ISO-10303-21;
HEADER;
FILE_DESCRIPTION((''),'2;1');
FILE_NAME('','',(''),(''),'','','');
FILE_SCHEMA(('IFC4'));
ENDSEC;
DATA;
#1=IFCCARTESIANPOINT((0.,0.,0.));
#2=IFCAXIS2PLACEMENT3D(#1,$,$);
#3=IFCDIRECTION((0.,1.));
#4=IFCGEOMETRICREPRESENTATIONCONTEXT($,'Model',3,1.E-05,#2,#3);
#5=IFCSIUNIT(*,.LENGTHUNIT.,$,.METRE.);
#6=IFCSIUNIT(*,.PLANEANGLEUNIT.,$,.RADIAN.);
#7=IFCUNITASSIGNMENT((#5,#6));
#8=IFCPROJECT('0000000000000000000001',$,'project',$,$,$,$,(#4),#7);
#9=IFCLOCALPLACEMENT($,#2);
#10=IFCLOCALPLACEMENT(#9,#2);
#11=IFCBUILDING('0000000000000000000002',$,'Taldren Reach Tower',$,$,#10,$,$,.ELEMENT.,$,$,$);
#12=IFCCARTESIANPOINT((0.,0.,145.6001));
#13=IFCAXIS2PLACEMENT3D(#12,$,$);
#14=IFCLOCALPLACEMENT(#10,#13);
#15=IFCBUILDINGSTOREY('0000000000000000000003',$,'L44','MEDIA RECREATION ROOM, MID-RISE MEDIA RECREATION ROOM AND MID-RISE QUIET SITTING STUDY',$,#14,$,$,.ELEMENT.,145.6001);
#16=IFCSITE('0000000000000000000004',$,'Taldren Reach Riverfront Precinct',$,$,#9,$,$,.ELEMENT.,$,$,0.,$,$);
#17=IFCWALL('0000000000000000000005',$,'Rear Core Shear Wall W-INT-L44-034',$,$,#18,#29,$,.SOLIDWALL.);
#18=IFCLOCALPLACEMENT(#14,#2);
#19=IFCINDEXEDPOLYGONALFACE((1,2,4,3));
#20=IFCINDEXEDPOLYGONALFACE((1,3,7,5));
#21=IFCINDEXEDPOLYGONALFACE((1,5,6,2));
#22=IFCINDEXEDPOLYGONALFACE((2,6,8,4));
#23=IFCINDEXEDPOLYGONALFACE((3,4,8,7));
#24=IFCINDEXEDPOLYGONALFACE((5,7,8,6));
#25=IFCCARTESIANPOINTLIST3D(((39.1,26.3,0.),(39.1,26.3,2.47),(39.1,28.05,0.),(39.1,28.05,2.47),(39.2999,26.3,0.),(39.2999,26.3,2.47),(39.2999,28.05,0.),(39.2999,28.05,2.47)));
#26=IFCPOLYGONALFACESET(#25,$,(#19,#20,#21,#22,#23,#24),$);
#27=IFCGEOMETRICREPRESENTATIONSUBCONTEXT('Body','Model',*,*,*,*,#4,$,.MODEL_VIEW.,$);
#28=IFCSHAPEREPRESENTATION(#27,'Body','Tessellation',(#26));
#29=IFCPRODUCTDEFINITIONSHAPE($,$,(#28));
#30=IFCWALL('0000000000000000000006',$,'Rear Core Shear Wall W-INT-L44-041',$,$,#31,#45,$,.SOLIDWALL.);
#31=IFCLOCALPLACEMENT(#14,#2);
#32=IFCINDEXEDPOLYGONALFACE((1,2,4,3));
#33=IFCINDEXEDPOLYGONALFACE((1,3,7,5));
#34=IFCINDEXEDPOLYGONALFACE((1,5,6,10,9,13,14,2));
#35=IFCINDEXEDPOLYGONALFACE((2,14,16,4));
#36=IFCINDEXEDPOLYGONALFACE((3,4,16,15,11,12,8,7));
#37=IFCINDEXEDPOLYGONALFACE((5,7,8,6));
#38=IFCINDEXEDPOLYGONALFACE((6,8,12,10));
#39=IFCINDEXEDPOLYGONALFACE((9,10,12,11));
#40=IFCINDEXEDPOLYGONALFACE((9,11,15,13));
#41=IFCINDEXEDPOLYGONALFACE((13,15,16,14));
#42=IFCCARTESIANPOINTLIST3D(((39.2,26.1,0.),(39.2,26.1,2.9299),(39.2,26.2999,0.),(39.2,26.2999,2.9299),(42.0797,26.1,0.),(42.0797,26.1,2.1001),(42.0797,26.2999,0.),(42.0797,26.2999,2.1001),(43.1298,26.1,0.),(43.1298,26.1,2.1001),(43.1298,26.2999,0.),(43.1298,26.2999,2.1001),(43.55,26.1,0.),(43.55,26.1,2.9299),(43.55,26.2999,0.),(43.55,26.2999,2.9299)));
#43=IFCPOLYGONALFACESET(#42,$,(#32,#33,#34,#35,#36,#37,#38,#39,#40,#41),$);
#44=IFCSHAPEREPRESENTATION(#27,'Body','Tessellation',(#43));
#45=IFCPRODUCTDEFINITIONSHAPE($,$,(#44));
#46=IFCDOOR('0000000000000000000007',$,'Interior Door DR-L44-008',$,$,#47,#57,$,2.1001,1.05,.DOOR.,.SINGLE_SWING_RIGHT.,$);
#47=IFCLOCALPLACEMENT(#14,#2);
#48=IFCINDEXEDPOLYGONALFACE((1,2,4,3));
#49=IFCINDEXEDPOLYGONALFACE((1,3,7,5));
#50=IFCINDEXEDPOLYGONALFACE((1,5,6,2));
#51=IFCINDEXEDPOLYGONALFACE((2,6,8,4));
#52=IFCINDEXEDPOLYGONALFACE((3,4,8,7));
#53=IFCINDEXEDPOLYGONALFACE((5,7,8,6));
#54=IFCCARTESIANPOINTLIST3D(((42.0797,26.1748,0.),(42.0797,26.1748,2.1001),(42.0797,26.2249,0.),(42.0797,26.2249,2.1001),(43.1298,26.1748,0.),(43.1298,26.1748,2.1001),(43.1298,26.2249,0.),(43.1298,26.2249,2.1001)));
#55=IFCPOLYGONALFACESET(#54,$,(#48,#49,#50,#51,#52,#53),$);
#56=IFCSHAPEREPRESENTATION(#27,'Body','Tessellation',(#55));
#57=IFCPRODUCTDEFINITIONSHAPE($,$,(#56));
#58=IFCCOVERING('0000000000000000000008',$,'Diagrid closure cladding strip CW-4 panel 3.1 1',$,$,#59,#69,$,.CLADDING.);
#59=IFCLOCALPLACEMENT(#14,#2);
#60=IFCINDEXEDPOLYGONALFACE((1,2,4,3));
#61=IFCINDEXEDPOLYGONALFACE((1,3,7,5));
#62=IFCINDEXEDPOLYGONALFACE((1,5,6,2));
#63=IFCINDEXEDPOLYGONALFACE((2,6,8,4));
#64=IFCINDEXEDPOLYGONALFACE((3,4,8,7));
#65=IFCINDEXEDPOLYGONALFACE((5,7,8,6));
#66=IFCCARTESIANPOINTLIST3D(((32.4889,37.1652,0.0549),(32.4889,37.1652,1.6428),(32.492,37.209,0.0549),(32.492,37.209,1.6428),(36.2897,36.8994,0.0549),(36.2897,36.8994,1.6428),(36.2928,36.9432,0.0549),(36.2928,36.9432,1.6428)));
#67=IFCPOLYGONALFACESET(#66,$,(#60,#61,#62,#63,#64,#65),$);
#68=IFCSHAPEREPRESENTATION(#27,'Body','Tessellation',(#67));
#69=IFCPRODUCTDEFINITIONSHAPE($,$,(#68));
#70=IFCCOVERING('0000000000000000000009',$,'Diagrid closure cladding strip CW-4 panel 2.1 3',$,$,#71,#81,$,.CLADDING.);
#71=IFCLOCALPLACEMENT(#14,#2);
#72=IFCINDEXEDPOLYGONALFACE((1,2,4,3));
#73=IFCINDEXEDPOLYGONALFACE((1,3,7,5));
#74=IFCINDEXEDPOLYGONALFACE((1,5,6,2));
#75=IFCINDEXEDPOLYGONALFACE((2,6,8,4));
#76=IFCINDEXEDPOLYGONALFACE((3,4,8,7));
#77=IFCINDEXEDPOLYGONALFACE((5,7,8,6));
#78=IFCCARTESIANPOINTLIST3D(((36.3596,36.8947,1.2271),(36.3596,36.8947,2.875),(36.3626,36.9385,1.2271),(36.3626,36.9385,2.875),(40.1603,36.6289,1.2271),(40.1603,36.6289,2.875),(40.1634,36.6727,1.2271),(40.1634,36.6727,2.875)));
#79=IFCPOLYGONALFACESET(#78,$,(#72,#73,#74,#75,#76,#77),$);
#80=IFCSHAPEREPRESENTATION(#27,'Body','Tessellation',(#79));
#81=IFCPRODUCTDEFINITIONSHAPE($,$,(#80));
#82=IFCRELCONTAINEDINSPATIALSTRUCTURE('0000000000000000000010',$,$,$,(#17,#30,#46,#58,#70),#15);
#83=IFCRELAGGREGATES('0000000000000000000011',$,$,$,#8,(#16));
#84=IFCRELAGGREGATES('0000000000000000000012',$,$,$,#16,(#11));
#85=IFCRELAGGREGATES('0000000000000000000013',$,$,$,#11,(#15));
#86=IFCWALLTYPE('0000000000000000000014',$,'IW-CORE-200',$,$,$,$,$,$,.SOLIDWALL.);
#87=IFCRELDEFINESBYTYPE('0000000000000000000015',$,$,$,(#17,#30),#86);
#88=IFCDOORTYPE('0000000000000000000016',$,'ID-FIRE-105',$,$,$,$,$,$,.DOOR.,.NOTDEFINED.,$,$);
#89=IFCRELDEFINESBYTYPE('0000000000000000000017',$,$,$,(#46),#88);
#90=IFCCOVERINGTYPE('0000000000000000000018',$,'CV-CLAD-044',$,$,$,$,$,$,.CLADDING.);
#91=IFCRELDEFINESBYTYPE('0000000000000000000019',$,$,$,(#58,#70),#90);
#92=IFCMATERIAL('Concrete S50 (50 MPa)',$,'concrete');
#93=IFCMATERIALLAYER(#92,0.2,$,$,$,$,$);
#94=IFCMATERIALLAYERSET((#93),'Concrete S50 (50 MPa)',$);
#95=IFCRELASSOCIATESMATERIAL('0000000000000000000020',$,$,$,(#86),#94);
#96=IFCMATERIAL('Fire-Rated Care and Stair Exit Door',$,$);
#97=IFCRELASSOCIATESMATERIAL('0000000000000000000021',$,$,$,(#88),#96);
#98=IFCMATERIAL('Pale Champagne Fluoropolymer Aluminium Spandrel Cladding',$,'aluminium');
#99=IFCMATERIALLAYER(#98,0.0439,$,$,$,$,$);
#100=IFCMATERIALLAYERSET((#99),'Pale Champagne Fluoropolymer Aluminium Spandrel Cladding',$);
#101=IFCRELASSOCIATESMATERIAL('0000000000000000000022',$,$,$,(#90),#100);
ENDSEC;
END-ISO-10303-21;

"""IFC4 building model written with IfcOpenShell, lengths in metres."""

from ifc_helpers import new_model, si_unit, direction, frame, frame_2d, origin, origin_2d, place, context, subcontext, project, spatial, rectangle, extrude, source, transform, mapped, material, layer, layer_set, type_object, element, fill, save


model = new_model("IFC4")

# Units and contexts
model_context = context("Model", 3, precision=1e-05, world=origin(), true_north=direction((0.0, 1.0)))
body_context = subcontext(model_context, "Body", "Model", "MODEL_VIEW")
ifc_project = project(units=[si_unit("LENGTHUNIT", "METRE"), si_unit("PLANEANGLEUNIT", "RADIAN")], contexts=[model_context])

# Site, building, storey
site_placement = place(None, origin())
site = spatial("IfcSite", under=ifc_project, at=site_placement, Name="Taldren Reach Riverfront Precinct", CompositionType="ELEMENT", RefElevation=0.0)
building_placement = place(site_placement, origin())
building = spatial("IfcBuilding", under=site, at=building_placement, Name="Taldren Reach Tower", CompositionType="ELEMENT")
storey_placement = place(building_placement, frame((0.0, 0.0, 145.6001)))
storey = spatial("IfcBuildingStorey", under=building, at=storey_placement, Name="L44", Description="MEDIA RECREATION ROOM, MID-RISE MEDIA RECREATION ROOM AND MID-RISE QUIET SITTING STUDY", CompositionType="ELEMENT", Elevation=145.6001)

# Shared definitions
ifc_material_1 = material(Name="Concrete S50 (50 MPa)", Category="concrete")
ifc_layer_1 = layer(ifc_material_1, 0.2)
ifc_layer_set_1 = layer_set([ifc_layer_1], Name="Concrete S50 (50 MPa)")
wall_type_1 = type_object("IfcWallType", Name="IW-CORE-200", PredefinedType="SOLIDWALL", material=ifc_layer_set_1)

# Wall
shared_shape_1 = source(origin(), body_context, "Body", "SweptSolid", [
    extrude(rectangle(XDim=1.75, YDim=0.2, at=frame_2d((0.875, 0.0))), origin(), (0.0, 0.0, 1.0), 2.47),
])
wall_1_placement = place(storey_placement, frame((39.2, 28.05, 0.0), z_axis=(0.0, 0.0, 1.0), x_axis=(0.0, -1.0, 0.0)))
element("IfcWall", 1, at=wall_1_placement, inside=storey, type_object=wall_type_1, Name="Rear Core Shear Wall W-INT-L44-034", PredefinedType="SOLIDWALL", context=body_context, shape_type="MappedRepresentation", body=[
    mapped(shared_shape_1, transform((0.0, 0.0, 0.0), scale=1.0)),
])

# Wall, opening, door
shared_shape_2 = source(origin(), body_context, "Body", "SweptSolid", [
    extrude(rectangle(XDim=4.3501, YDim=0.2, at=frame_2d((2.175, 0.0))), origin(), (0.0, 0.0, 1.0), 2.9299),
])
wall_2_placement = place(storey_placement, frame((39.2, 26.2, 0.0), z_axis=(0.0, 0.0, 1.0), x_axis=(1.0, 0.0, 0.0)))
wall_2 = element("IfcWall", 2, at=wall_2_placement, inside=storey, type_object=wall_type_1, Name="Rear Core Shear Wall W-INT-L44-041", PredefinedType="SOLIDWALL", context=body_context, shape_type="MappedRepresentation", body=[
    mapped(shared_shape_2, transform((0.0, 0.0, 0.0), scale=1.0)),
])
shared_shape_3 = source(origin(), body_context, "Body", "SweptSolid", [
    extrude(rectangle(XDim=1.05, YDim=2.1001, at=frame_2d((0.5249, 1.05))), frame((0.0, 0.1099, 0.0), z_axis=(0.0, -1.0, 0.0), x_axis=(1.0, 0.0, 0.0)), (0.0, 0.0, 1.0), 0.22),
])
opening_1_placement = place(wall_2_placement, frame((2.8799, 0.0, 0.0)))
opening_1 = element("IfcOpeningElement", 3, at=opening_1_placement, cuts=wall_2, PredefinedType="OPENING", context=body_context, shape_type="MappedRepresentation", body=[
    mapped(shared_shape_3, transform((0.0, 0.0, 0.0), scale=1.0)),
])
ifc_material_2 = material(Name="Fire-Rated Care and Stair Exit Door")
door_type_1 = type_object("IfcDoorType", Name="ID-FIRE-105", OperationType="NOTDEFINED", PredefinedType="DOOR", material=ifc_material_2)
shared_shape_4 = source(origin(), body_context, "Body", "SweptSolid", [
    extrude(rectangle(XDim=1.05, YDim=2.1001, at=frame_2d((0.5249, 1.05))), frame((0.0, 0.0249, 0.0), z_axis=(0.0, -1.0, 0.0), x_axis=(1.0, 0.0, 0.0)), (0.0, 0.0, 1.0), 0.05),
])
door_1_placement = place(opening_1_placement, origin())
door_1 = element("IfcDoor", 4, at=door_1_placement, inside=storey, type_object=door_type_1, Name="Interior Door DR-L44-008", OperationType="SINGLE_SWING_RIGHT", OverallHeight=2.1001, OverallWidth=1.05, PredefinedType="DOOR", context=body_context, shape_type="MappedRepresentation", body=[
    mapped(shared_shape_4, transform((0.0, 0.0, 0.0), scale=1.0)),
])
fill(opening_1, door_1)

# Coverings
ifc_material_3 = material(Name="Pale Champagne Fluoropolymer Aluminium Spandrel Cladding", Category="aluminium")
ifc_layer_2 = layer(ifc_material_3, 0.0439)
ifc_layer_set_2 = layer_set([ifc_layer_2], Name="Pale Champagne Fluoropolymer Aluminium Spandrel Cladding")
covering_type = type_object("IfcCoveringType", Name="CV-CLAD-044", PredefinedType="CLADDING", material=ifc_layer_set_2)
shared_shape_5 = source(origin(), body_context, "Body", "SweptSolid", [
    extrude(rectangle(XDim=3.8101, YDim=0.0439, at=origin_2d()), origin(), (0.0, 0.0, 1.0), 1.5879),
])
covering_1_placement = place(storey_placement, frame((34.3909, 37.0542, 0.0549), z_axis=(0.0, 0.0, 1.0), x_axis=(-0.997564, 0.069757, 0.0)))
element("IfcCovering", 5, at=covering_1_placement, inside=storey, type_object=covering_type, Name="Diagrid closure cladding strip CW-4 panel 3.1 1", PredefinedType="CLADDING", context=body_context, shape_type="MappedRepresentation", body=[
    mapped(shared_shape_5, transform((0.0, 0.0, 0.0), scale=1.0)),
])
shared_shape_6 = source(origin(), body_context, "Body", "SweptSolid", [
    extrude(rectangle(XDim=3.8101, YDim=0.0439, at=origin_2d()), origin(), (0.0, 0.0, 1.0), 1.6479),
])
covering_2_placement = place(storey_placement, frame((38.2615, 36.7837, 1.2271), z_axis=(0.0, 0.0, 1.0), x_axis=(-0.997564, 0.069757, 0.0)))
element("IfcCovering", 6, at=covering_2_placement, inside=storey, type_object=covering_type, Name="Diagrid closure cladding strip CW-4 panel 2.1 3", PredefinedType="CLADDING", context=body_context, shape_type="MappedRepresentation", body=[
    mapped(shared_shape_6, transform((0.0, 0.0, 0.0), scale=1.0)),
])

save(model, "model.ifc")
